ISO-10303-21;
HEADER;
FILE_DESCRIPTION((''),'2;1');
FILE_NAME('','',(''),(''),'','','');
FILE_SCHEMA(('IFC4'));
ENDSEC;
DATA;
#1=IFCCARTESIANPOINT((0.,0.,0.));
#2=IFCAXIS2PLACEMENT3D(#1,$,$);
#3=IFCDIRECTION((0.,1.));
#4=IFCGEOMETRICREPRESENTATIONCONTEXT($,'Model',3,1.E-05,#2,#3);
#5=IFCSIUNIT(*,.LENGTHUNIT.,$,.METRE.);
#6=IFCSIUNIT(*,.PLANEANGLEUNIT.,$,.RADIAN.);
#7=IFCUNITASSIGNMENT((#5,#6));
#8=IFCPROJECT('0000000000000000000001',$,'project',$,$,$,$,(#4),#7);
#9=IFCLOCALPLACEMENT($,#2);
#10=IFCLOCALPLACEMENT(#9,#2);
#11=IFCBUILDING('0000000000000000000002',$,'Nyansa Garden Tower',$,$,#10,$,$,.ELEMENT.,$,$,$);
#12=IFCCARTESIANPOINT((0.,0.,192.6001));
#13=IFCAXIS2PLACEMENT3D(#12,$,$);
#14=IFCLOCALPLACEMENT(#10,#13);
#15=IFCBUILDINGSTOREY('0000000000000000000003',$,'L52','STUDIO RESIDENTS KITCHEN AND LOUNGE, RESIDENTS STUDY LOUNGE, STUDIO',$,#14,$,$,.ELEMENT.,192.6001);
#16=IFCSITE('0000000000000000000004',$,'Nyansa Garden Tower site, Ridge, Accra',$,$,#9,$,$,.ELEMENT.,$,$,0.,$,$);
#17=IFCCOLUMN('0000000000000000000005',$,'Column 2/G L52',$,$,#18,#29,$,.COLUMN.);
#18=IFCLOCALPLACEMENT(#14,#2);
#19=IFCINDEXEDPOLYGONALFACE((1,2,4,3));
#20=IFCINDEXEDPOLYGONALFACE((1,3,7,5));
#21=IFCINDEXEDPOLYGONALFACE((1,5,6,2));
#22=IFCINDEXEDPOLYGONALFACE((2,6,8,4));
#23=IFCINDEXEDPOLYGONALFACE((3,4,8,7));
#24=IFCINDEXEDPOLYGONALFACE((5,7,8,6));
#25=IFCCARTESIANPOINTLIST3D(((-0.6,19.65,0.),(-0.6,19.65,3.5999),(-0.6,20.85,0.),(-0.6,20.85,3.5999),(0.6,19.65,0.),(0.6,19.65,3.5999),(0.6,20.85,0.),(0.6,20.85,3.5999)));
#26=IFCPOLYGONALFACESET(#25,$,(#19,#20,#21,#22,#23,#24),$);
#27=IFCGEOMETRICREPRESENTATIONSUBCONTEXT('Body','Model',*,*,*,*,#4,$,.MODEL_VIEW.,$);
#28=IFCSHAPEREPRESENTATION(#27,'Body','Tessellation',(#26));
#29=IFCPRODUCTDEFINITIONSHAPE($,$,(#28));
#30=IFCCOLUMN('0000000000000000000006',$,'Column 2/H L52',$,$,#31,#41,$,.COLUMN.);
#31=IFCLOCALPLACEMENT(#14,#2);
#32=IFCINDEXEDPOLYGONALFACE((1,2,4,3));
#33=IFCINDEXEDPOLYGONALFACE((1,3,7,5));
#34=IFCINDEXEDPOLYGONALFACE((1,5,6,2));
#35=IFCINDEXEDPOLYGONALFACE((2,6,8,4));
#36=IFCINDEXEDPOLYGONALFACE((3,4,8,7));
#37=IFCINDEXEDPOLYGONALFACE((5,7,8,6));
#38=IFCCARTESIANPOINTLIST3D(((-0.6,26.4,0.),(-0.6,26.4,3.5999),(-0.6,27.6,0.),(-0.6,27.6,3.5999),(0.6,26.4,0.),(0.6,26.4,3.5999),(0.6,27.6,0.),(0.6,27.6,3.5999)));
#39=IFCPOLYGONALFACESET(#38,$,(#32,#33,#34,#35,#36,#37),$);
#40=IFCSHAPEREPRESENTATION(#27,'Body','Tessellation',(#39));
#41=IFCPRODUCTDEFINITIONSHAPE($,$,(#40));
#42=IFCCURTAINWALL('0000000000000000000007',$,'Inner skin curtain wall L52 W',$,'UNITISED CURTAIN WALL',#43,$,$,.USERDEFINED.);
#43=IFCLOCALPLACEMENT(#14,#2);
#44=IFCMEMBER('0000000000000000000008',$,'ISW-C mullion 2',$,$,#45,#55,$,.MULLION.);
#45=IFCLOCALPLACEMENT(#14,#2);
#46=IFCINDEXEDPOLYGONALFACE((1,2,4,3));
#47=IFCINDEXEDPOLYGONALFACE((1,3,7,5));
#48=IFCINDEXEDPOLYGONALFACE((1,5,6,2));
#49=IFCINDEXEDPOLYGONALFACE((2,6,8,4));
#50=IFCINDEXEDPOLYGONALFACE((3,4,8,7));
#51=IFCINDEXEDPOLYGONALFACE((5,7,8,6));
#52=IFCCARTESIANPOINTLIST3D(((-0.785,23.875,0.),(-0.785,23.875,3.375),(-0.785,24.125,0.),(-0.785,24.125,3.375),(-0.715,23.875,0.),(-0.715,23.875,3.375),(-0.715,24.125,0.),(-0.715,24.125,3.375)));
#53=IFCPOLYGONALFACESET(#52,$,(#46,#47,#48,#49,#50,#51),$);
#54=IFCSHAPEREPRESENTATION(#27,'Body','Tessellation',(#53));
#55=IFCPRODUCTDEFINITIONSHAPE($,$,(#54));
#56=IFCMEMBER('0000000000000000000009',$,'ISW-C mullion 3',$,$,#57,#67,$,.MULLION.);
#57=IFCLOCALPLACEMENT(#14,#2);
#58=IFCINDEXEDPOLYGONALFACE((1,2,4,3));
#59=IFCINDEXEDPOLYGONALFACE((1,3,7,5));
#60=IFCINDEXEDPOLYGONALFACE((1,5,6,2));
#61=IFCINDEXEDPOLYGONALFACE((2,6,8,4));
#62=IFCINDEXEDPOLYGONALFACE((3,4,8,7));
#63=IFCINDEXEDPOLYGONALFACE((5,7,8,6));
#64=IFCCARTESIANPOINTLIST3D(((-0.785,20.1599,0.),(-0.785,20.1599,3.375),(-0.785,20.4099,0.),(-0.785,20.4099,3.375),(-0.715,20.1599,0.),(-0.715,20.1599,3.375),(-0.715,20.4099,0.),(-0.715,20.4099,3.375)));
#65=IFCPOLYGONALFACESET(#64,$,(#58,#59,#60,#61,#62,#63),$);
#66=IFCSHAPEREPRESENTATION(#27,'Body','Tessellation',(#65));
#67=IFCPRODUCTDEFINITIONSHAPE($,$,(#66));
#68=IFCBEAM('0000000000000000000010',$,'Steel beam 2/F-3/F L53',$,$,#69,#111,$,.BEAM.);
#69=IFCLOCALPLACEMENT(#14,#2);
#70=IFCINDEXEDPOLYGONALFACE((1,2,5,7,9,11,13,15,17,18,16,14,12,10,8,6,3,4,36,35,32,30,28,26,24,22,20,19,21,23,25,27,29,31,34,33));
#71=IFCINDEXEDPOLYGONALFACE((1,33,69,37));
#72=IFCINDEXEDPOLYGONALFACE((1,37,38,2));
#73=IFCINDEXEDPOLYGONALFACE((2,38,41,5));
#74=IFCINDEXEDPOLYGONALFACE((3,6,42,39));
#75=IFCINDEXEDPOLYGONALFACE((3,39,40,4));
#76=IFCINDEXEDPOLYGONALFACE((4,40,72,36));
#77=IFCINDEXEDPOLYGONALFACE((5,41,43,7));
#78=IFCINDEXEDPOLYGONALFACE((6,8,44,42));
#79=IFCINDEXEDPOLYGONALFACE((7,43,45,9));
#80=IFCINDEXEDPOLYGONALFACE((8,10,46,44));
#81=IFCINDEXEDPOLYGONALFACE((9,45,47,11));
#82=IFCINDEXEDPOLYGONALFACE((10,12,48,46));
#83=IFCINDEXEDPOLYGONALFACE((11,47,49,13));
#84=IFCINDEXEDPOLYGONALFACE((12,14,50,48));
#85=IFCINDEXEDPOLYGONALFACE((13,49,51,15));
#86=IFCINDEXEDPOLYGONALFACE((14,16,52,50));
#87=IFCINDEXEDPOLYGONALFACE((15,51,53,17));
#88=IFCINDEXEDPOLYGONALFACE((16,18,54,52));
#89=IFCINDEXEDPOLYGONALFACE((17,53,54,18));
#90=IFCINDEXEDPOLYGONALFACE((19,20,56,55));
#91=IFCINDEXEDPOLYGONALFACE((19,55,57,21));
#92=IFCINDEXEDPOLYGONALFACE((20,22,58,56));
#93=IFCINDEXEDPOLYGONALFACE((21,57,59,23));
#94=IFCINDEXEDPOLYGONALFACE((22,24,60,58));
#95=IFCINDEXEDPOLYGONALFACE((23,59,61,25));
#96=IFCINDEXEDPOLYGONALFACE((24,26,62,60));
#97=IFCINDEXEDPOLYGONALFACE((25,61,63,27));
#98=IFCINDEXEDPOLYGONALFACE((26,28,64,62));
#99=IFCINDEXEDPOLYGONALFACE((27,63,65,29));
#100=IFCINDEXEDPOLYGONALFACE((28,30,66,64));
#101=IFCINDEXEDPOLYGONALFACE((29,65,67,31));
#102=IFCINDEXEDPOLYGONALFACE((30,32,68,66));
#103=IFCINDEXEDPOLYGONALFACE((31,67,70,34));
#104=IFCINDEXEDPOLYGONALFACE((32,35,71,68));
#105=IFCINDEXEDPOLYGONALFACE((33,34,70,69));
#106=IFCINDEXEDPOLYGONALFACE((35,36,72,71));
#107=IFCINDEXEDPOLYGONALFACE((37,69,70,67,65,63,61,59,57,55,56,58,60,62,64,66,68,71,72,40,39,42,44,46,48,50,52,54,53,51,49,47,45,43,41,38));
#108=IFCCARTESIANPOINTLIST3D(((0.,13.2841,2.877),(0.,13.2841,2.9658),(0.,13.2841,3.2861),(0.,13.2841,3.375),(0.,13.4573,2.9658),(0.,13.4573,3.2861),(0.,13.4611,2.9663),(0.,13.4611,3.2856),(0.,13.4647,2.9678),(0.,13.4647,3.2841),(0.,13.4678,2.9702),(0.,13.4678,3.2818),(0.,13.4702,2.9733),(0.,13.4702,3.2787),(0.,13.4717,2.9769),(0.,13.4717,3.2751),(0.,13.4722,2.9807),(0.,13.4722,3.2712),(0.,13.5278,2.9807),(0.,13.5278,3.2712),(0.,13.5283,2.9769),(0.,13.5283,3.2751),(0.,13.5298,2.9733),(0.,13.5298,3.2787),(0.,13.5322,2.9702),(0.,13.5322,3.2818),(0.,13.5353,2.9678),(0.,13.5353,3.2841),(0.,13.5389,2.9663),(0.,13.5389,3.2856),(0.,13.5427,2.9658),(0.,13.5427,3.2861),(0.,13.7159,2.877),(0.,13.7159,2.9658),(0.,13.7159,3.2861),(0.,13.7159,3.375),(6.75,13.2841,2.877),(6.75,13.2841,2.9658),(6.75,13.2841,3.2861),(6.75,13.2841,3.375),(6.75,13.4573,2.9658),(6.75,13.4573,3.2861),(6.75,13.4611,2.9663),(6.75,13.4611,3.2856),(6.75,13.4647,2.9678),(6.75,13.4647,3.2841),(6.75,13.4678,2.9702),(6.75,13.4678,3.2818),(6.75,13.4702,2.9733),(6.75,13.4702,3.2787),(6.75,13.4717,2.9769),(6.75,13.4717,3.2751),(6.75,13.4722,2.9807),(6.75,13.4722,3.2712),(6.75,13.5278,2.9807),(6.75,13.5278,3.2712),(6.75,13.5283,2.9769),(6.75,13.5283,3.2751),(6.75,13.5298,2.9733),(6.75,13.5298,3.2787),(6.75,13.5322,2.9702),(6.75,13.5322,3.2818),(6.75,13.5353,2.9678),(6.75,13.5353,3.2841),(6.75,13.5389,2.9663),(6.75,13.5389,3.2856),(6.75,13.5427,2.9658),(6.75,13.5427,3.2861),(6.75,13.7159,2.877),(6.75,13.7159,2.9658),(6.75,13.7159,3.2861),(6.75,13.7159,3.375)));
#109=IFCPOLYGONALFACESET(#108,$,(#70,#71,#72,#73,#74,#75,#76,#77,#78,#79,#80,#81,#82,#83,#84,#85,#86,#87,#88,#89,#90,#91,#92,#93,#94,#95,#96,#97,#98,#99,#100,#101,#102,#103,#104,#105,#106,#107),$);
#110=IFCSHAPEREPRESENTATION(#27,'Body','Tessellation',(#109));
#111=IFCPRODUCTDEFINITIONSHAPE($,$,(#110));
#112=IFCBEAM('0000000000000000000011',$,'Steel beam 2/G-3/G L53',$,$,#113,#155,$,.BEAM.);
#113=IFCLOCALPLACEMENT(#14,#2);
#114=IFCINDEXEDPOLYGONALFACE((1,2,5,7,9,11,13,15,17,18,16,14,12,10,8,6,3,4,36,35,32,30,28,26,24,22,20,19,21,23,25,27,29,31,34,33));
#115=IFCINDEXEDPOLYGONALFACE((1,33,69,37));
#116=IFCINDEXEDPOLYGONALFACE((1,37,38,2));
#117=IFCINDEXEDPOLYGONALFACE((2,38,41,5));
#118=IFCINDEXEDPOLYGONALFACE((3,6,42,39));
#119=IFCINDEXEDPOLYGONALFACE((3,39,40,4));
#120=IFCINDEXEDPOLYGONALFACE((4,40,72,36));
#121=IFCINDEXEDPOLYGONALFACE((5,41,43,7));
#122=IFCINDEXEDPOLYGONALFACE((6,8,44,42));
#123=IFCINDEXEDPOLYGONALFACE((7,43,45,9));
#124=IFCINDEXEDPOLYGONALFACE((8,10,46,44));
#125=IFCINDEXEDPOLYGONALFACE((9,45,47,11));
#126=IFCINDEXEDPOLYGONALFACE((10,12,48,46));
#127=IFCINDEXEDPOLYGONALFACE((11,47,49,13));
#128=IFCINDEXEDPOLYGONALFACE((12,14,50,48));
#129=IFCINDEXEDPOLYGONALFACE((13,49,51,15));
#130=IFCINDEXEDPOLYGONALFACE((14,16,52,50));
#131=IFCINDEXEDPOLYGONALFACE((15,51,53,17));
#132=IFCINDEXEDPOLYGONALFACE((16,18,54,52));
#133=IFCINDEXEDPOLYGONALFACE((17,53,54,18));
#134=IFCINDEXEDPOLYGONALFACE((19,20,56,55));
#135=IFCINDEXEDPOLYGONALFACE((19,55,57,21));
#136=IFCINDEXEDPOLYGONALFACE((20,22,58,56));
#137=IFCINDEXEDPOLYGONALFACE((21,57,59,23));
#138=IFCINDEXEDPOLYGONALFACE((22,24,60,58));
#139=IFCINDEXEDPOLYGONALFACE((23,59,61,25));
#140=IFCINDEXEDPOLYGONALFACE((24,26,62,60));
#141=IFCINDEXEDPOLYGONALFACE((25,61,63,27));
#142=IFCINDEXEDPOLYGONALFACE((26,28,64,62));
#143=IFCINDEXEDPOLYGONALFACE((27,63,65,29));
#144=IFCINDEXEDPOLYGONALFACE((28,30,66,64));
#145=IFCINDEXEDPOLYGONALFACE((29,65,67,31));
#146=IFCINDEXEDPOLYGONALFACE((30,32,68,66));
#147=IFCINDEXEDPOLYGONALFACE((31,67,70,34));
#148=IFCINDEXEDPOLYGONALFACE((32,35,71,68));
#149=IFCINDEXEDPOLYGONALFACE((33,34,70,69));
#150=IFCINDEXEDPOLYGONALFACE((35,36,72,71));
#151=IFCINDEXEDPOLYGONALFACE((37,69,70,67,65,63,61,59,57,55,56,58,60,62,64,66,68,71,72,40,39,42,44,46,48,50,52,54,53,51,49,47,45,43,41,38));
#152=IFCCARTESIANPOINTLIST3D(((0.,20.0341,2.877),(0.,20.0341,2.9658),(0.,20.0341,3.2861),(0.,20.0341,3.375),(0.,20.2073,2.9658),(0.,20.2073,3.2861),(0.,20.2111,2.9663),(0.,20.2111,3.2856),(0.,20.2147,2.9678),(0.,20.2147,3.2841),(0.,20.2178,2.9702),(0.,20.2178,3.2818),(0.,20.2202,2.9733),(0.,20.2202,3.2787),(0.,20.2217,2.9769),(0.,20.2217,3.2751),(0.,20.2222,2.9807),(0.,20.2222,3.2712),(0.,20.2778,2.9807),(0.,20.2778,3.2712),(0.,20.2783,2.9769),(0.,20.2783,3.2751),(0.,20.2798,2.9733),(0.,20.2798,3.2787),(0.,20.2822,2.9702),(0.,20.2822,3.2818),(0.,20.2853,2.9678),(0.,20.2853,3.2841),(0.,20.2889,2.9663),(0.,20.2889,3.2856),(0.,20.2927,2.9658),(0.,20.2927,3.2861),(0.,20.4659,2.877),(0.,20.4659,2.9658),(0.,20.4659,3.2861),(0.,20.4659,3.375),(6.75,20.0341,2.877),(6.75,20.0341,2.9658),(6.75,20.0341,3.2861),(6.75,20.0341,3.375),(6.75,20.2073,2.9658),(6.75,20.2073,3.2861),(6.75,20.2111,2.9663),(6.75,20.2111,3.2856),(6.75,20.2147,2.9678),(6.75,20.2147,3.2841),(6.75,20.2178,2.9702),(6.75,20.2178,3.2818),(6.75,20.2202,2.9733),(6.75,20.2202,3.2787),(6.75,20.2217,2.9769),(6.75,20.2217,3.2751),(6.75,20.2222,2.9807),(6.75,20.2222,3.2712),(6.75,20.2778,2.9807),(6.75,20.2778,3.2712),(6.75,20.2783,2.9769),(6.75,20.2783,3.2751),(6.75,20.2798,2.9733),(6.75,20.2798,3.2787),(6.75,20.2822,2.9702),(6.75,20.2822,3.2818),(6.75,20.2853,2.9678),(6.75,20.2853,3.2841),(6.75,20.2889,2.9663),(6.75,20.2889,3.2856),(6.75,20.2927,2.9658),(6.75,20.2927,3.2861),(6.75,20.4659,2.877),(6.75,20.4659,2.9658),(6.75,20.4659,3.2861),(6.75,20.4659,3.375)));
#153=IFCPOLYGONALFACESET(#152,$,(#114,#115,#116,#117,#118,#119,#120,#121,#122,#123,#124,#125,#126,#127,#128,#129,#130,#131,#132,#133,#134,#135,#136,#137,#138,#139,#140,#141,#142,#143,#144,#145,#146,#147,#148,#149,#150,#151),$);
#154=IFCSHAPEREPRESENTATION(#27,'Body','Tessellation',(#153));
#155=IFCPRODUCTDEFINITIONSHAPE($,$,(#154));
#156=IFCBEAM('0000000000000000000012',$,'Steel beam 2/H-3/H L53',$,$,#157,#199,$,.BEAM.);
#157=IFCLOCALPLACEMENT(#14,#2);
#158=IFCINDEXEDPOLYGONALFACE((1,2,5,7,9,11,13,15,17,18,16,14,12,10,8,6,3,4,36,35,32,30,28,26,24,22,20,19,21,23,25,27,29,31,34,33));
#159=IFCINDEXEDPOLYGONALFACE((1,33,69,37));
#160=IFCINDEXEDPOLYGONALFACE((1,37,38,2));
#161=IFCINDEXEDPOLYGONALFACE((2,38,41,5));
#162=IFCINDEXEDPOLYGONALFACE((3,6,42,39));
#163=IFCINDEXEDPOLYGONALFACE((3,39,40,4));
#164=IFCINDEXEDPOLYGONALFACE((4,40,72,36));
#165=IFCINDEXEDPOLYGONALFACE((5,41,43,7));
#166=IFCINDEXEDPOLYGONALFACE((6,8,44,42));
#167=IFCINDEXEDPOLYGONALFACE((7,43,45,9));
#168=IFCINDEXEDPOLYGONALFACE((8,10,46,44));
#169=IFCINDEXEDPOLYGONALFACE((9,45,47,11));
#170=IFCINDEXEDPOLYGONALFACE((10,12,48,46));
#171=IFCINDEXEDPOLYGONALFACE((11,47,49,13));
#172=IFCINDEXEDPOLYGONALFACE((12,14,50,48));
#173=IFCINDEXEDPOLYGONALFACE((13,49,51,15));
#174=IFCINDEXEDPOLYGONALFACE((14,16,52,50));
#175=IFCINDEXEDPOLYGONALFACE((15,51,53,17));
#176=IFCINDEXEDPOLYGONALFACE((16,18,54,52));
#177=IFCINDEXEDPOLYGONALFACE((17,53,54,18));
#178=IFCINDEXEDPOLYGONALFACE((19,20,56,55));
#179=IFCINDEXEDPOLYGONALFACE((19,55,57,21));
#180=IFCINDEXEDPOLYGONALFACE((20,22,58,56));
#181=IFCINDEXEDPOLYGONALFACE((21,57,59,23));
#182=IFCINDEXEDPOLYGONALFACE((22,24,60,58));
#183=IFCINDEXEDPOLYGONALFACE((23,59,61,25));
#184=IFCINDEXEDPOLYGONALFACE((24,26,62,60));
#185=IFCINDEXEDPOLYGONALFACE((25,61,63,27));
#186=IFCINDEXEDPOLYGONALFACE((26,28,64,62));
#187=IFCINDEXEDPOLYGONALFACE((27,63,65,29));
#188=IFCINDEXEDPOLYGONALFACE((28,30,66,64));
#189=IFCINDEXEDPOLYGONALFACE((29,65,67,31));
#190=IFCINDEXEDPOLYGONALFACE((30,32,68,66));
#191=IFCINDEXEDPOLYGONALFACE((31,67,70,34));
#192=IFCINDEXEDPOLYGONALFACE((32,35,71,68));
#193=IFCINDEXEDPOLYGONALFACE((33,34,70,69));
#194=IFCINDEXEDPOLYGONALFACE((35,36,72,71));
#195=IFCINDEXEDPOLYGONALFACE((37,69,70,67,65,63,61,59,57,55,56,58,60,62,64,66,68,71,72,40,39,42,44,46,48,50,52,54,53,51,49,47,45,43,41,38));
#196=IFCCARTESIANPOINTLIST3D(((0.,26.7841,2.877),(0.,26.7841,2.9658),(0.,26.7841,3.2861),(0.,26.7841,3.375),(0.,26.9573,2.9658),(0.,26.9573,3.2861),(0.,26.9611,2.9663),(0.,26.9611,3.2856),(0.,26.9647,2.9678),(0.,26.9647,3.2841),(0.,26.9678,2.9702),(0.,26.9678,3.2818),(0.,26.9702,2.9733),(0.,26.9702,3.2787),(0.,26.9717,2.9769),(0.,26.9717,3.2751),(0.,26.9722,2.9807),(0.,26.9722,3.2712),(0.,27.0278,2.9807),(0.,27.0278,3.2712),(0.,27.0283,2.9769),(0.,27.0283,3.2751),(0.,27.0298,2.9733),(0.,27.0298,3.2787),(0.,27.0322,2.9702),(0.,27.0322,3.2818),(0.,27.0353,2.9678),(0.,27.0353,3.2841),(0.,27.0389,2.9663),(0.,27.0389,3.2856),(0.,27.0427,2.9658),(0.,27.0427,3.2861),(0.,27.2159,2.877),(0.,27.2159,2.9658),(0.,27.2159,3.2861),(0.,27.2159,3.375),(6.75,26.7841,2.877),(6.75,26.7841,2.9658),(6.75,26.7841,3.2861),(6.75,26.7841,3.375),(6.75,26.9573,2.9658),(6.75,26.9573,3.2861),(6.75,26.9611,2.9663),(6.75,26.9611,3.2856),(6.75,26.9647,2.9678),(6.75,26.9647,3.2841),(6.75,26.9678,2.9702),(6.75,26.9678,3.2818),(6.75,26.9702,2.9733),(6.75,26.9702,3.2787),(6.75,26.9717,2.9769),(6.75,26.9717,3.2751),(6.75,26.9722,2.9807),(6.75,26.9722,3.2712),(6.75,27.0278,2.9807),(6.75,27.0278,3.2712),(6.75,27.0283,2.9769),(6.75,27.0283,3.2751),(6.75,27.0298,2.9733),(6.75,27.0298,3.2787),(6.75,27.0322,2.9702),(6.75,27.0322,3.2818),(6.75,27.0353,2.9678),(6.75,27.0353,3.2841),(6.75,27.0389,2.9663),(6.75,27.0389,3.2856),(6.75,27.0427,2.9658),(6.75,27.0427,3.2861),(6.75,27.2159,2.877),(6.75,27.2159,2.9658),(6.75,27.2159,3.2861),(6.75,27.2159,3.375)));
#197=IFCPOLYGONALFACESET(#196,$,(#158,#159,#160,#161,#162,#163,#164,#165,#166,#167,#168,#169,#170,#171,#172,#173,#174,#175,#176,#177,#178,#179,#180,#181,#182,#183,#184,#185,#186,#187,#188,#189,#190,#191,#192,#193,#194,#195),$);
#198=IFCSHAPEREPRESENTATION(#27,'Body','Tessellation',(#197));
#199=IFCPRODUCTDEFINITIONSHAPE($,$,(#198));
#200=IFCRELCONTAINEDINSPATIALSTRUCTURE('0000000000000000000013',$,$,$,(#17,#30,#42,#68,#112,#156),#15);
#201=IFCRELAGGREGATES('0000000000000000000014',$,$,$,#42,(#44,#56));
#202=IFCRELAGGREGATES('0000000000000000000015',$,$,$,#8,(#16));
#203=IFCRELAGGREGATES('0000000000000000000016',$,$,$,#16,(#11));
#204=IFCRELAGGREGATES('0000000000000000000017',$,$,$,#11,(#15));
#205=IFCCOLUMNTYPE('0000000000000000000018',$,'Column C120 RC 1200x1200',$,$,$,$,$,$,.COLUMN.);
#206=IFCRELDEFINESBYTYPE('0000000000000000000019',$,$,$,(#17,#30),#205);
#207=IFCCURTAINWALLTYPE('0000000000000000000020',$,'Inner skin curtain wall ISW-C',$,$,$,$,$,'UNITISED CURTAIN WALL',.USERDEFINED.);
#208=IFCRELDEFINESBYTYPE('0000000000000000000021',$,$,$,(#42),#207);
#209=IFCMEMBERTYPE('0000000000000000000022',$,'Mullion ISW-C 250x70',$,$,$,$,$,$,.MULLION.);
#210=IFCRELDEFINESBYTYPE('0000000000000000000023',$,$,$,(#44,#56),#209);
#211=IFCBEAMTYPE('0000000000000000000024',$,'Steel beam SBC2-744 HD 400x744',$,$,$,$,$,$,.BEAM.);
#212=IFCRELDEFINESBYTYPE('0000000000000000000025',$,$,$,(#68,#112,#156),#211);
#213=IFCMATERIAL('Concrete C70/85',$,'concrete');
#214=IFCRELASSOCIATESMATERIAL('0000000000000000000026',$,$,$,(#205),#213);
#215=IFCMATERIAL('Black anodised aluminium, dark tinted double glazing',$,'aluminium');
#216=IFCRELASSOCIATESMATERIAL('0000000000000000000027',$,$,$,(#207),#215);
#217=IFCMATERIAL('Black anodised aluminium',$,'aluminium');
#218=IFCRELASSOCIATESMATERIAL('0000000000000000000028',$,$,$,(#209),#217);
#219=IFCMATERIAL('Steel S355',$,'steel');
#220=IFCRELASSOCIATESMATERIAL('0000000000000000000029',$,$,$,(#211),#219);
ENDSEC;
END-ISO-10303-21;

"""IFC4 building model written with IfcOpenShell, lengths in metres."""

from ifc_helpers import new_model, si_unit, direction, frame, origin, origin_2d, place, context, subcontext, project, spatial, rectangle, i_section, extrude, material, material_profile, profile_set, type_object, element, aggregate, save


model = new_model("IFC4")

# Units and contexts
model_context = context("Model", 3, precision=1e-05, world=origin(), true_north=direction((0.0, 1.0)))
body_context = subcontext(model_context, "Body", "Model", "MODEL_VIEW")
ifc_project = project(units=[si_unit("LENGTHUNIT", "METRE"), si_unit("PLANEANGLEUNIT", "RADIAN")], contexts=[model_context])

# Site, building, storey
site_placement = place(None, origin())
site = spatial("IfcSite", under=ifc_project, at=site_placement, Name="Nyansa Garden Tower site, Ridge, Accra", CompositionType="ELEMENT", RefElevation=0.0)
building_placement = place(site_placement, origin())
building = spatial("IfcBuilding", under=site, at=building_placement, Name="Nyansa Garden Tower", CompositionType="ELEMENT")
storey_placement = place(building_placement, frame((0.0, 0.0, 192.6001)))
storey = spatial("IfcBuildingStorey", under=building, at=storey_placement, Name="L52", Description="STUDIO RESIDENTS KITCHEN AND LOUNGE, RESIDENTS STUDY LOUNGE, STUDIO", CompositionType="ELEMENT", Elevation=192.6001)

# Columns
ifc_material_1 = material(Name="Concrete C70/85", Category="concrete")
ifc_material_profile_1 = material_profile(ifc_material_1, rectangle(XDim=1.2, YDim=1.2, at=origin_2d()), Name="RC 1200x1200")
ifc_profile_set_1 = profile_set([ifc_material_profile_1], Name="Concrete C70/85")
column_type = type_object("IfcColumnType", Name="Column C120 RC 1200x1200", PredefinedType="COLUMN", material=ifc_profile_set_1)
for number, where, z_axis, x_axis, name in (
    (1, (0.0, 20.25, 0.0), (0.0, 0.0, 1.0), (1.0, 0.0, 0.0), "Column 2/G L52"),
    (2, (0.0, 27.0, 0.0), (0.0, 0.0, 1.0), (1.0, 0.0, 0.0), "Column 2/H L52"),
):
    element("IfcColumn", number, at=place(storey_placement, frame(where, z_axis=z_axis, x_axis=x_axis)), inside=storey, type_object=column_type, Name=name, PredefinedType="COLUMN", context=body_context, shape_type="SweptSolid", body=[
        extrude(rectangle(XDim=1.2, YDim=1.2, at=origin_2d()), origin(), (0.0, 0.0, 1.0), 3.5999),
    ])

# Curtain wall, members
ifc_material_2 = material(Name="Black anodised aluminium, dark tinted double glazing", Category="aluminium")
curtain_wall_type = type_object("IfcCurtainWallType", Name="Inner skin curtain wall ISW-C", ElementType="UNITISED CURTAIN WALL", PredefinedType="USERDEFINED", material=ifc_material_2)
curtain_wall_placement = place(storey_placement, origin())
curtain_wall = element("IfcCurtainWall", 3, at=curtain_wall_placement, inside=storey, type_object=curtain_wall_type, Name="Inner skin curtain wall L52 W", ObjectType="UNITISED CURTAIN WALL", PredefinedType="USERDEFINED")
ifc_material_3 = material(Name="Black anodised aluminium", Category="aluminium")
ifc_material_profile_2 = material_profile(ifc_material_3, rectangle(XDim=0.0701, YDim=0.25, at=origin_2d()), Name="Mullion 250x70")
ifc_profile_set_2 = profile_set([ifc_material_profile_2], Name="Black anodised aluminium")
member_type_1 = type_object("IfcMemberType", Name="Mullion ISW-C 250x70", PredefinedType="MULLION", material=ifc_profile_set_2)
member_1_placement = place(storey_placement, frame((-0.75, 24.0, 0.0), z_axis=(0.0, 0.0, 1.0), x_axis=(1.0, 0.0, 0.0)))
member_1 = element("IfcMember", 4, at=member_1_placement, type_object=member_type_1, Name="ISW-C mullion 2", PredefinedType="MULLION", context=body_context, shape_type="SweptSolid", body=[
    extrude(rectangle(XDim=0.0701, YDim=0.25, at=origin_2d()), origin(), (0.0, 0.0, 1.0), 3.375),
])
member_2_placement = place(storey_placement, frame((-0.75, 20.2849, 0.0), z_axis=(0.0, 0.0, 1.0), x_axis=(1.0, 0.0, 0.0)))
member_2 = element("IfcMember", 5, at=member_2_placement, type_object=member_type_1, Name="ISW-C mullion 3", PredefinedType="MULLION", context=body_context, shape_type="SweptSolid", body=[
    extrude(rectangle(XDim=0.0701, YDim=0.25, at=origin_2d()), origin(), (0.0, 0.0, 1.0), 3.375),
])

# Beams
ifc_material_4 = material(Name="Steel S355", Category="steel")
ifc_material_profile_3 = material_profile(ifc_material_4, i_section(OverallWidth=0.4319, OverallDepth=0.498, WebThickness=0.0557, FlangeThickness=0.0889, FilletRadius=0.0149, at=origin_2d()), Name="HD 400x744")
ifc_profile_set_3 = profile_set([ifc_material_profile_3], Name="Steel S355")
beam_type_1 = type_object("IfcBeamType", Name="Steel beam SBC2-744 HD 400x744", PredefinedType="BEAM", material=ifc_profile_set_3)
for number, where, z_axis, x_axis, name in (
    (6, (0.0, 13.5, 3.126), (1.0, 0.0, 0.0), (0.0, 1.0, 0.0), "Steel beam 2/F-3/F L53"),
    (7, (0.0, 20.25, 3.126), (1.0, 0.0, 0.0), (0.0, 1.0, 0.0), "Steel beam 2/G-3/G L53"),
    (8, (0.0, 27.0, 3.126), (1.0, 0.0, 0.0), (0.0, 1.0, 0.0), "Steel beam 2/H-3/H L53"),
):
    element("IfcBeam", number, at=place(storey_placement, frame(where, z_axis=z_axis, x_axis=x_axis)), inside=storey, type_object=beam_type_1, Name=name, PredefinedType="BEAM", context=body_context, shape_type="SweptSolid", body=[
        extrude(i_section(OverallWidth=0.4319, OverallDepth=0.498, WebThickness=0.0557, FlangeThickness=0.0889, FilletRadius=0.0149, at=origin_2d()), origin(), (0.0, 0.0, 1.0), 6.75),
    ])

aggregate(curtain_wall, [member_1, member_2])

save(model, "model.ifc")
